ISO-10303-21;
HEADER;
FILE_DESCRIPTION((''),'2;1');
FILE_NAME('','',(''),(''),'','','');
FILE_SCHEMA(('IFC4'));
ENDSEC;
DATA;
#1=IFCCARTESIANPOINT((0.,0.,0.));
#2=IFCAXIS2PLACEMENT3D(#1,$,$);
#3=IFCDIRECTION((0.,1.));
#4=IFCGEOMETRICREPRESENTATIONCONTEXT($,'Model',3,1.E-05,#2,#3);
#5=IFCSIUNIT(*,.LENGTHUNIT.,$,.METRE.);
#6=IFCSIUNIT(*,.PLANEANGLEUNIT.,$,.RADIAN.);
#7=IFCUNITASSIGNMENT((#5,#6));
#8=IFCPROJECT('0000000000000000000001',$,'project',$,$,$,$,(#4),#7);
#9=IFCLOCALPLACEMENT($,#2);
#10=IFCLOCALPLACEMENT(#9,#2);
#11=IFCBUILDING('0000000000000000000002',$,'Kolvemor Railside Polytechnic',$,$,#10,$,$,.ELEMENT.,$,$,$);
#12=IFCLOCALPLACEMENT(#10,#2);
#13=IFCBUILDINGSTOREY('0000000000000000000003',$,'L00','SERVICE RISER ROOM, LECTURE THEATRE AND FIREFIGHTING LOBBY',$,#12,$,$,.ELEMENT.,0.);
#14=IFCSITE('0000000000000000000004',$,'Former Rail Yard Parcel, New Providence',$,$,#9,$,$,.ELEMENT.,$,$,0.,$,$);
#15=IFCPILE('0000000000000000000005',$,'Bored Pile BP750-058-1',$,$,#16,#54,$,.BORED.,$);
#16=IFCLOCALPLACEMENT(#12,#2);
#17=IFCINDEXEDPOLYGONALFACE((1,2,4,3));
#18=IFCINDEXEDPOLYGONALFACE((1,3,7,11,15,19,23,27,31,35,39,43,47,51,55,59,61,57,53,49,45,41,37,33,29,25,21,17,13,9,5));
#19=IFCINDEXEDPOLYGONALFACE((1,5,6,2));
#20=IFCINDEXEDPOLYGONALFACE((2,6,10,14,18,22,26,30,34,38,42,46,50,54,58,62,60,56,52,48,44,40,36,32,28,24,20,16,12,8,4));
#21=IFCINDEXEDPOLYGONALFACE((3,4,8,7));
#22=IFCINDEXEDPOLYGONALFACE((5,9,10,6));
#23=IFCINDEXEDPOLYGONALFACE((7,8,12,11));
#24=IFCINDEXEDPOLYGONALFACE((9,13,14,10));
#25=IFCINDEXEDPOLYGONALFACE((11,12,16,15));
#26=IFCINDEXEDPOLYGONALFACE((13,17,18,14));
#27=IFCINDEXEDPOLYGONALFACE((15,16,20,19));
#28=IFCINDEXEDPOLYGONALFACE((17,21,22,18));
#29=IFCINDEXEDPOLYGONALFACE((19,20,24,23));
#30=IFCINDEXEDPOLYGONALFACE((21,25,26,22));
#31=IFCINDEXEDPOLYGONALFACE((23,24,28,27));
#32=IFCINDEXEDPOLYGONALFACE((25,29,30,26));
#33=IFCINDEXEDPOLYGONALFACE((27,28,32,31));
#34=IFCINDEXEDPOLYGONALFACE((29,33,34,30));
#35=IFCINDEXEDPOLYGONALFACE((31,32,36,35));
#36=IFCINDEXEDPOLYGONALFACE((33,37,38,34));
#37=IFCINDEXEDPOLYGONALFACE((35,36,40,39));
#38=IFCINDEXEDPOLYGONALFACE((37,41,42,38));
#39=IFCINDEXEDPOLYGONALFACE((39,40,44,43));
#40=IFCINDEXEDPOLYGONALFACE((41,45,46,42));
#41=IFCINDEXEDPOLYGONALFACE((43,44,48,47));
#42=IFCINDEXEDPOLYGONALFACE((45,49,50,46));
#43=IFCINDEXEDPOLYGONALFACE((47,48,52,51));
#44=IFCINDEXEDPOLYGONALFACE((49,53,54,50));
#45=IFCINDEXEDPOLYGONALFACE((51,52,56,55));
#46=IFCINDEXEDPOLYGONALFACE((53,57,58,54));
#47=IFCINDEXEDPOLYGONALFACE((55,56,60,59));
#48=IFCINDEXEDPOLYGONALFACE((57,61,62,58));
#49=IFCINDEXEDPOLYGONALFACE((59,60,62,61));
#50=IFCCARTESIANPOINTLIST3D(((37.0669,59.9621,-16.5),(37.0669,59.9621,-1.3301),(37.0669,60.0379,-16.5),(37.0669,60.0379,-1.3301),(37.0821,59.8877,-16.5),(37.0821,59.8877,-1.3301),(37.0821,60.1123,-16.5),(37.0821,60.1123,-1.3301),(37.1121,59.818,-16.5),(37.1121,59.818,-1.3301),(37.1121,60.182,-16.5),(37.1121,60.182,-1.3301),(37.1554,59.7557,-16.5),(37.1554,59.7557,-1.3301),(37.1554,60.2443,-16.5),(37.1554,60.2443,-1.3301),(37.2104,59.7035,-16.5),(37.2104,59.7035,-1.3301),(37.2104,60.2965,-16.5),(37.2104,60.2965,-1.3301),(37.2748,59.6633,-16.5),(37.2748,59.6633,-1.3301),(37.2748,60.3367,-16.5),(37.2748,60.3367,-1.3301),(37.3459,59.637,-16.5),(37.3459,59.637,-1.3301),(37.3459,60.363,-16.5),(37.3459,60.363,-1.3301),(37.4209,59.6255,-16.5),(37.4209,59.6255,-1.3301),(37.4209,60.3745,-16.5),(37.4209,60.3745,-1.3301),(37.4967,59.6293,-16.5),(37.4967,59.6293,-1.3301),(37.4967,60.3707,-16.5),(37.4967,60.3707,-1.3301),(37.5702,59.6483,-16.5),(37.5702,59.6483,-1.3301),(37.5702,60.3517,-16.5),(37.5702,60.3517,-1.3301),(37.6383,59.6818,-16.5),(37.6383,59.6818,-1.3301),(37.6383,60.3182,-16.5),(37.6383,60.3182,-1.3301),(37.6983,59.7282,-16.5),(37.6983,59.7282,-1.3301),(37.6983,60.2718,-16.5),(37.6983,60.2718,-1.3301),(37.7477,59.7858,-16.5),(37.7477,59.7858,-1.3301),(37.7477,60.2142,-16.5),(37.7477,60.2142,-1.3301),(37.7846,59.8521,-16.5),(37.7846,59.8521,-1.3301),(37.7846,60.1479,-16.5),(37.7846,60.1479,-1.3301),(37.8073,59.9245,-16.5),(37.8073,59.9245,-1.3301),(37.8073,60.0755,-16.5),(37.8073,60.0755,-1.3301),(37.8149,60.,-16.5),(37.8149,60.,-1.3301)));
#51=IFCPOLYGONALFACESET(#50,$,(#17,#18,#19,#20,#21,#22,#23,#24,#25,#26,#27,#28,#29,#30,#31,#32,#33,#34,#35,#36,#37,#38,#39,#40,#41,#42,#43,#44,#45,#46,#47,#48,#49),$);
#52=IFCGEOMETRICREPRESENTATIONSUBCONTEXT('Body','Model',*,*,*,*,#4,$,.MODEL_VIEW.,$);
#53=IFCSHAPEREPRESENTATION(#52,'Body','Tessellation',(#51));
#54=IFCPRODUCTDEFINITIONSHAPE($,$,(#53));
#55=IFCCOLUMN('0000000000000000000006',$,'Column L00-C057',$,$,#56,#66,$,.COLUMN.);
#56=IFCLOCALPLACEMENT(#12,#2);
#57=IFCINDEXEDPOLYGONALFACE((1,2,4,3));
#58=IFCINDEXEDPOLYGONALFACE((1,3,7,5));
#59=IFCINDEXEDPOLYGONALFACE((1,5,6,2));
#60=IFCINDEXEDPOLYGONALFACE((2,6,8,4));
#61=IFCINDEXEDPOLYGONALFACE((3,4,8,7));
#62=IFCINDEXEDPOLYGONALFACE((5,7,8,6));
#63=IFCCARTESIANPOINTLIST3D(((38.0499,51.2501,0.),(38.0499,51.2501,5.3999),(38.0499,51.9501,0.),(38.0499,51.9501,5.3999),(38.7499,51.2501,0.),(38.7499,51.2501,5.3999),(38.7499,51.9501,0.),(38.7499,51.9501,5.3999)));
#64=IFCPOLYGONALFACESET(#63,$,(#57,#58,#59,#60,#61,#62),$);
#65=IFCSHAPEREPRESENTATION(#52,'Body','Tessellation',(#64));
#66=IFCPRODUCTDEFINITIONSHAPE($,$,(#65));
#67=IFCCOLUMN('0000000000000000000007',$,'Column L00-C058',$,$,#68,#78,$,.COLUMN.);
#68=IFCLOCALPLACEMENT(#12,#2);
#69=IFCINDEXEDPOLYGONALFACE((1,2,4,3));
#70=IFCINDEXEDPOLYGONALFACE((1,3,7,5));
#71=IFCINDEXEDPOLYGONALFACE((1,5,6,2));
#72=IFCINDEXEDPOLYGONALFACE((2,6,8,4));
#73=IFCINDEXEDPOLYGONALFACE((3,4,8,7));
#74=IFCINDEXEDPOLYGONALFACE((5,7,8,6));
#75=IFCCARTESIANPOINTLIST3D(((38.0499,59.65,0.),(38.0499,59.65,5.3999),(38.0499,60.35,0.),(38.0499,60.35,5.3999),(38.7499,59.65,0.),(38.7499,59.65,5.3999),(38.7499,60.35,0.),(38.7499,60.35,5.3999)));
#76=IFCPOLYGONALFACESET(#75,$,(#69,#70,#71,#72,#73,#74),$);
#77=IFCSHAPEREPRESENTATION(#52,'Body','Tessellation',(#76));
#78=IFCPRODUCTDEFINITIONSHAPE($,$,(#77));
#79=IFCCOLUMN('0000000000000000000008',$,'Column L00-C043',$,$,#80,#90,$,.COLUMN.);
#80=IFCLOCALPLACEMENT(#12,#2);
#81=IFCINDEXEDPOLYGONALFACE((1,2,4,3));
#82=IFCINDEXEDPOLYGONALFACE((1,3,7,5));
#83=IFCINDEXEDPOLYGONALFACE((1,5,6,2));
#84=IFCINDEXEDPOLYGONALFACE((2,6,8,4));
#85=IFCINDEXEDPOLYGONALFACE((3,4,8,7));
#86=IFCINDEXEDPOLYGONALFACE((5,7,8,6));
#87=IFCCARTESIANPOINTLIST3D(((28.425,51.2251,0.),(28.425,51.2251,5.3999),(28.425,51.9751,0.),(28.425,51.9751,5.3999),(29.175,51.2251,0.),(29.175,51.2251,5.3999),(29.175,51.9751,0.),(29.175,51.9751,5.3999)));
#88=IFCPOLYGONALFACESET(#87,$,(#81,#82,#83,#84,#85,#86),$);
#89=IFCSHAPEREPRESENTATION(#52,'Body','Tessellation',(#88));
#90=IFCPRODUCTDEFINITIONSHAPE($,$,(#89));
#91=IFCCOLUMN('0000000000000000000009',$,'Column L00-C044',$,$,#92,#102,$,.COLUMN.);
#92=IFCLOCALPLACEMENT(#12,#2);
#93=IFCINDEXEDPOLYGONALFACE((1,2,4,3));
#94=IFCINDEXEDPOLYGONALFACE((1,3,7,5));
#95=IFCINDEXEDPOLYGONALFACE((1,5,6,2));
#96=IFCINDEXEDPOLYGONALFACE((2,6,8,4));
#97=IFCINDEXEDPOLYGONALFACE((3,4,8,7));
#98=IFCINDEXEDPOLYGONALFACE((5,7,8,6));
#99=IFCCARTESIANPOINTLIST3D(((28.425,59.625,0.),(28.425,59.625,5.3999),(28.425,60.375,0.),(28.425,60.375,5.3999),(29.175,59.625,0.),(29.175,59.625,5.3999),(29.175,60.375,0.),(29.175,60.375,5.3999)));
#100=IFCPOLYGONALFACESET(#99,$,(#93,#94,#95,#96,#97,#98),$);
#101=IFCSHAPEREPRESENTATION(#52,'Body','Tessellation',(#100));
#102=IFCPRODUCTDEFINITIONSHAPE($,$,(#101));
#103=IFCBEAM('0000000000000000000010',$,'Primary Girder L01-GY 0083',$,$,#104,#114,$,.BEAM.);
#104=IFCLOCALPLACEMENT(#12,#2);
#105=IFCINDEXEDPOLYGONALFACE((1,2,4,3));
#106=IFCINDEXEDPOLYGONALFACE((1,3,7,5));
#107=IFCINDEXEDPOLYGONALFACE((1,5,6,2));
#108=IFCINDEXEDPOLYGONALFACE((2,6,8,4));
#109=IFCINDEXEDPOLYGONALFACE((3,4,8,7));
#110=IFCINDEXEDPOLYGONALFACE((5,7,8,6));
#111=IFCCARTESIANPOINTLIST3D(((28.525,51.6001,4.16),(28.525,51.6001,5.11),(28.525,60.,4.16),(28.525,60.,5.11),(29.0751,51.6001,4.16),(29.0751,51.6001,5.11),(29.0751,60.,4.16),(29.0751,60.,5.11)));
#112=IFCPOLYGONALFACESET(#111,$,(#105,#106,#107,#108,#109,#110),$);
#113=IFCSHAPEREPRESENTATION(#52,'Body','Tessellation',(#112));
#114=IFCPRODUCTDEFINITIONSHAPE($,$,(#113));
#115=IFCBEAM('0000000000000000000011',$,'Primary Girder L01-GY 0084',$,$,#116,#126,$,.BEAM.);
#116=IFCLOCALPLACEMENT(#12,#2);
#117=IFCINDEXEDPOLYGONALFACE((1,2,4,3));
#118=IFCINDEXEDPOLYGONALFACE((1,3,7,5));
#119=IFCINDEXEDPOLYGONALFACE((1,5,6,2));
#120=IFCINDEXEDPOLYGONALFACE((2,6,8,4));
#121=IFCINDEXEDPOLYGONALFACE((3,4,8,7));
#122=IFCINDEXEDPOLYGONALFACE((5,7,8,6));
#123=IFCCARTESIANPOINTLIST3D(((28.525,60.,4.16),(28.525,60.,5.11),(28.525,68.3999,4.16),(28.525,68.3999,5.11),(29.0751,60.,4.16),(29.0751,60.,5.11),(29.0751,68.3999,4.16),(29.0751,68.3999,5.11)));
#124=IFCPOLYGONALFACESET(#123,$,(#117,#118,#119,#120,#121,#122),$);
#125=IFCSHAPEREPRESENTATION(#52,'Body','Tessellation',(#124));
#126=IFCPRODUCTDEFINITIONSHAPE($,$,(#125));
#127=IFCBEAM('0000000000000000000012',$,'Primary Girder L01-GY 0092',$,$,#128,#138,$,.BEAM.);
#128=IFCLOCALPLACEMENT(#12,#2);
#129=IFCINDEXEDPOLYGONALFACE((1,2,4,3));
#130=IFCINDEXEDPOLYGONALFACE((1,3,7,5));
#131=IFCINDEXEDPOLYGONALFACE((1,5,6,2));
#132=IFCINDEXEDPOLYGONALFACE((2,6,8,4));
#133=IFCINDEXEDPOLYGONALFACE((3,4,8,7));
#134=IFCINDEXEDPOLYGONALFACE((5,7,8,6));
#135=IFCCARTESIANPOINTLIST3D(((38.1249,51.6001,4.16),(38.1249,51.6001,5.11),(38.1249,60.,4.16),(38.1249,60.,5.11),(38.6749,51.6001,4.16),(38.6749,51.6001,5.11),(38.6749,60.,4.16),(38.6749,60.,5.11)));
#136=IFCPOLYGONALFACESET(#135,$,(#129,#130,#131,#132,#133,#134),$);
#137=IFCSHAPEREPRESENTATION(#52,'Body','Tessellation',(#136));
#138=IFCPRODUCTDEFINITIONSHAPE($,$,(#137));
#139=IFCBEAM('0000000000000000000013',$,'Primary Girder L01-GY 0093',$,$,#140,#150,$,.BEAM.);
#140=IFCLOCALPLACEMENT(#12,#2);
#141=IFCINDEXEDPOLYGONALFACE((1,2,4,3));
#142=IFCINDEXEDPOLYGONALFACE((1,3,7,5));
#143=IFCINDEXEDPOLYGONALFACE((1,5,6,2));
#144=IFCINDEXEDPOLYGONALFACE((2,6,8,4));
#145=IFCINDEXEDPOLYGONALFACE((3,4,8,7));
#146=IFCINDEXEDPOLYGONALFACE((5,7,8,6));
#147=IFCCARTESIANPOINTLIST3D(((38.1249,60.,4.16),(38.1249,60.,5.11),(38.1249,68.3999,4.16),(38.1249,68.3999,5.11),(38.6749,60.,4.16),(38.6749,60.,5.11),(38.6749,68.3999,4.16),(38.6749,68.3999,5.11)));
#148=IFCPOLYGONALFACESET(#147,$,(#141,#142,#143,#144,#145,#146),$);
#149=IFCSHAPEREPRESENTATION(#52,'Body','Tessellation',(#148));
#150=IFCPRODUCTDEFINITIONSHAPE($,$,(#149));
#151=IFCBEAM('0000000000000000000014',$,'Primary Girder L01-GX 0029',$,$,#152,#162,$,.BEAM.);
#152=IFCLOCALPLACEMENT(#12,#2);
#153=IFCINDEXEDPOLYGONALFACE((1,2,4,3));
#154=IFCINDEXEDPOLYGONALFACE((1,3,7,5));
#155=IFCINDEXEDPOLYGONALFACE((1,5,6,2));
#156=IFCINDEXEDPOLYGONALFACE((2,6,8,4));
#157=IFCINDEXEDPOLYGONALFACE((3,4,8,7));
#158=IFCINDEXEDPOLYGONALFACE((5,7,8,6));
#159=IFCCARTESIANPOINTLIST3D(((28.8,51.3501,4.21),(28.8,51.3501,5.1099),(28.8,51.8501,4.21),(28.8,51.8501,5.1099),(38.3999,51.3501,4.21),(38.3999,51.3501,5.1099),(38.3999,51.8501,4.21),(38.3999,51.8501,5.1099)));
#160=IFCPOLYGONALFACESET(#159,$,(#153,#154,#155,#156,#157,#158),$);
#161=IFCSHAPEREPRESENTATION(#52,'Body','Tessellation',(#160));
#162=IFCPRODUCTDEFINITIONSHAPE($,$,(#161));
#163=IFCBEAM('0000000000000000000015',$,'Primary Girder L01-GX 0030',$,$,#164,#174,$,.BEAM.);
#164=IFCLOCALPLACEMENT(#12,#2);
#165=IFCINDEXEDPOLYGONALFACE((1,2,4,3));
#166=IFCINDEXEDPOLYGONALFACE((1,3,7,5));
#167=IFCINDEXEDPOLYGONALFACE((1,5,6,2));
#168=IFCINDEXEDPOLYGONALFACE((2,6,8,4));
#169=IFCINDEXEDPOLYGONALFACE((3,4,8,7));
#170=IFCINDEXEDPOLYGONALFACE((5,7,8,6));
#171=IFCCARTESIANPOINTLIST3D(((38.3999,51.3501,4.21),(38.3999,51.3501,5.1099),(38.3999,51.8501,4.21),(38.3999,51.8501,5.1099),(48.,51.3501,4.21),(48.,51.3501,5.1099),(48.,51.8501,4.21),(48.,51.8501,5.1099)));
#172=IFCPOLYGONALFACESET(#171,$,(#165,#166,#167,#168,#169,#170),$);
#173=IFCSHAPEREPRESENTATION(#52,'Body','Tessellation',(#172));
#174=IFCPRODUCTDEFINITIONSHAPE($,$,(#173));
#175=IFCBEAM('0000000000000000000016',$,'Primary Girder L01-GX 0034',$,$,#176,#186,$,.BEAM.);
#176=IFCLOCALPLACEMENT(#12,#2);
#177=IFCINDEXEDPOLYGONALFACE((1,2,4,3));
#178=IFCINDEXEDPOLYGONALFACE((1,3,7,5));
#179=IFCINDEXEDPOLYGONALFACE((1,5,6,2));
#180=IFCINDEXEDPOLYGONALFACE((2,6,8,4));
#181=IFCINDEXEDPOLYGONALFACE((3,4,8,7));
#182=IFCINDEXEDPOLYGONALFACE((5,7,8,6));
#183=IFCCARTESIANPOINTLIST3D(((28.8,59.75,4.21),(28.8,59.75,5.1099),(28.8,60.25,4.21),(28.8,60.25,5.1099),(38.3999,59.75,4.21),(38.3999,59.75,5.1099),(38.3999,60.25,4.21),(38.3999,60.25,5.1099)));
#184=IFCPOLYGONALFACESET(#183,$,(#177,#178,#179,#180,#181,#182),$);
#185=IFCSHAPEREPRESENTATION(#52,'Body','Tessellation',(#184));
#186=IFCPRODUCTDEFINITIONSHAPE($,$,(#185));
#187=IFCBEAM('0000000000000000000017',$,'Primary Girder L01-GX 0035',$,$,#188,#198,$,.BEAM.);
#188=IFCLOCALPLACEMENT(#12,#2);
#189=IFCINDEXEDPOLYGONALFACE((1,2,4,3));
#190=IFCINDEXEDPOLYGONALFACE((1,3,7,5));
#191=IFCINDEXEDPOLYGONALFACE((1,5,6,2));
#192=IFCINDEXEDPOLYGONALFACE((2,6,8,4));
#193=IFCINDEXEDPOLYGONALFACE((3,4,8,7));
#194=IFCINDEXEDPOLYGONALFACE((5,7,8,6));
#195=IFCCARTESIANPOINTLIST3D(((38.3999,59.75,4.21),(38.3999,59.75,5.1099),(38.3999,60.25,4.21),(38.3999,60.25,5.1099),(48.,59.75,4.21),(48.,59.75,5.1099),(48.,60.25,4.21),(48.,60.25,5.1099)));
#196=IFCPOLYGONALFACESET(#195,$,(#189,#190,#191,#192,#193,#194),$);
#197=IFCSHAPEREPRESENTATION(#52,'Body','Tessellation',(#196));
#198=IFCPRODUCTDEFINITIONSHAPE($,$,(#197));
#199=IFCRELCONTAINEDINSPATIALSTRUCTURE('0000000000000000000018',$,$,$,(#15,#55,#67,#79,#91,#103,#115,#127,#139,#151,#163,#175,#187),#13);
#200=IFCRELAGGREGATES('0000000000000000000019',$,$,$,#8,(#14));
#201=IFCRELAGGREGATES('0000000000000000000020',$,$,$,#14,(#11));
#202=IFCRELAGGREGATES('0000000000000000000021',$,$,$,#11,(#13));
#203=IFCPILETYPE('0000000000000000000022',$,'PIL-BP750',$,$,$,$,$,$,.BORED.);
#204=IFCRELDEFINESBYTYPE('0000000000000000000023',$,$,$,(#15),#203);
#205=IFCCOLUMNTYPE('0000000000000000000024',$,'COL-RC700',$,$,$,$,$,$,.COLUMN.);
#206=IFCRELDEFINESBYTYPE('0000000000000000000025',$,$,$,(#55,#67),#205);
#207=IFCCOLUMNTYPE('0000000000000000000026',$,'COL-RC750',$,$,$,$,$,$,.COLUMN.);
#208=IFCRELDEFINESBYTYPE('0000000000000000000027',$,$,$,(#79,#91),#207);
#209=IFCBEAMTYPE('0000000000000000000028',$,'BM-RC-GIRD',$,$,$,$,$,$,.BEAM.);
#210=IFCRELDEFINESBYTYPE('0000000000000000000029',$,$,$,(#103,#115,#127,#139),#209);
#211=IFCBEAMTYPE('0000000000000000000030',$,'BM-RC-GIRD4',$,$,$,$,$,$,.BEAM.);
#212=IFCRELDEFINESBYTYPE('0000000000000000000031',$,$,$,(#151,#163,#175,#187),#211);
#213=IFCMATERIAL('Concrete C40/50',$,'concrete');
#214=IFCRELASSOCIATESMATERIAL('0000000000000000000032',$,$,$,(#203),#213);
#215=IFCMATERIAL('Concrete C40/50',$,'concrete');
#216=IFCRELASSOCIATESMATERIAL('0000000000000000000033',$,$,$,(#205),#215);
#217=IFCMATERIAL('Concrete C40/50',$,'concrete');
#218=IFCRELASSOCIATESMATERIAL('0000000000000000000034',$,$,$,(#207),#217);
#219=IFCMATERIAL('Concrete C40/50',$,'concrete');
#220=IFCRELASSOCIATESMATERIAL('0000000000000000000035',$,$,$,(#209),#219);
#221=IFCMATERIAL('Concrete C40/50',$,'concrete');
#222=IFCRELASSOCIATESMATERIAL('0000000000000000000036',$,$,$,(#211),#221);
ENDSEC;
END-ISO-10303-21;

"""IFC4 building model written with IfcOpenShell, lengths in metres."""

from ifc_helpers import new_model, si_unit, direction, frame, origin, origin_2d, place, context, subcontext, project, spatial, rectangle, circle, extrude, material, material_profile, profile_set, type_object, element, save


model = new_model("IFC4")

# Units and contexts
model_context = context("Model", 3, precision=1e-05, world=origin(), true_north=direction((0.0, 1.0)))
body_context = subcontext(model_context, "Body", "Model", "MODEL_VIEW")
ifc_project = project(units=[si_unit("LENGTHUNIT", "METRE"), si_unit("PLANEANGLEUNIT", "RADIAN")], contexts=[model_context])

# Site, building, storey
site_placement = place(None, origin())
site = spatial("IfcSite", under=ifc_project, at=site_placement, Name="Former Rail Yard Parcel, New Providence", CompositionType="ELEMENT", RefElevation=0.0)
building_placement = place(site_placement, origin())
building = spatial("IfcBuilding", under=site, at=building_placement, Name="Kolvemor Railside Polytechnic", CompositionType="ELEMENT")
storey_placement = place(building_placement, origin())
storey = spatial("IfcBuildingStorey", under=building, at=storey_placement, Name="L00", Description="SERVICE RISER ROOM, LECTURE THEATRE AND FIREFIGHTING LOBBY", CompositionType="ELEMENT", Elevation=0.0)

# Pile
ifc_material_1 = material(Name="Concrete C40/50", Category="concrete")
ifc_material_profile_1 = material_profile(ifc_material_1, circle(Radius=0.375, at=origin_2d()), Name="BP750")
ifc_profile_set_1 = profile_set([ifc_material_profile_1], Name="Concrete C40/50")
pile_type = type_object("IfcPileType", Name="PIL-BP750", PredefinedType="BORED", material=ifc_profile_set_1)
pile_1_placement = place(storey_placement, frame((37.4399, 60.0, -1.3301), z_axis=(0.0, 0.0, -1.0), x_axis=(1.0, 0.0, 0.0)))
element("IfcPile", 1, at=pile_1_placement, inside=storey, type_object=pile_type, Name="Bored Pile BP750-058-1", PredefinedType="BORED", context=body_context, shape_type="SweptSolid", body=[
    extrude(circle(Radius=0.375, at=origin_2d()), origin(), (0.0, 0.0, 1.0), 15.1699),
])

# Columns
ifc_material_2 = material(Name="Concrete C40/50", Category="concrete")
ifc_material_profile_2 = material_profile(ifc_material_2, rectangle(XDim=0.7, YDim=0.7, at=origin_2d()), Name="RC700x700")
ifc_profile_set_2 = profile_set([ifc_material_profile_2], Name="Concrete C40/50")
column_type_1 = type_object("IfcColumnType", Name="COL-RC700", PredefinedType="COLUMN", material=ifc_profile_set_2)
for number, where, z_axis, x_axis, name in (
    (2, (38.3999, 51.6001, 0.0), (0.0, 0.0, 1.0), (1.0, 0.0, 0.0), "Column L00-C057"),
    (3, (38.3999, 60.0, 0.0), (0.0, 0.0, 1.0), (1.0, 0.0, 0.0), "Column L00-C058"),
):
    element("IfcColumn", number, at=place(storey_placement, frame(where, z_axis=z_axis, x_axis=x_axis)), inside=storey, type_object=column_type_1, Name=name, PredefinedType="COLUMN", context=body_context, shape_type="SweptSolid", body=[
        extrude(rectangle(XDim=0.7, YDim=0.7, at=origin_2d()), origin(), (0.0, 0.0, 1.0), 5.3999),
    ])
ifc_material_3 = material(Name="Concrete C40/50", Category="concrete")
ifc_material_profile_3 = material_profile(ifc_material_3, rectangle(XDim=0.75, YDim=0.75, at=origin_2d()), Name="RC750x750")
ifc_profile_set_3 = profile_set([ifc_material_profile_3], Name="Concrete C40/50")
column_type_2 = type_object("IfcColumnType", Name="COL-RC750", PredefinedType="COLUMN", material=ifc_profile_set_3)
for number, where, z_axis, x_axis, name in (
    (4, (28.8, 51.6001, 0.0), (0.0, 0.0, 1.0), (1.0, 0.0, 0.0), "Column L00-C043"),
    (5, (28.8, 60.0, 0.0), (0.0, 0.0, 1.0), (1.0, 0.0, 0.0), "Column L00-C044"),
):
    element("IfcColumn", number, at=place(storey_placement, frame(where, z_axis=z_axis, x_axis=x_axis)), inside=storey, type_object=column_type_2, Name=name, PredefinedType="COLUMN", context=body_context, shape_type="SweptSolid", body=[
        extrude(rectangle(XDim=0.75, YDim=0.75, at=origin_2d()), origin(), (0.0, 0.0, 1.0), 5.3999),
    ])

# Beams
ifc_material_4 = material(Name="Concrete C40/50", Category="concrete")
ifc_material_profile_4 = material_profile(ifc_material_4, rectangle(XDim=0.55, YDim=0.95, at=origin_2d()), Name="RC550x950")
ifc_profile_set_4 = profile_set([ifc_material_profile_4], Name="Concrete C40/50")
beam_type_1 = type_object("IfcBeamType", Name="BM-RC-GIRD", PredefinedType="BEAM", material=ifc_profile_set_4)
for number, where, z_axis, x_axis, name in (
    (6, (28.8, 51.6001, 4.635), (0.0, 1.0, 0.0), (-1.0, 0.0, 0.0), "Primary Girder L01-GY 0083"),
    (7, (28.8, 60.0, 4.635), (0.0, 1.0, 0.0), (-1.0, 0.0, 0.0), "Primary Girder L01-GY 0084"),
    (8, (38.3999, 51.6001, 4.635), (0.0, 1.0, 0.0), (-1.0, 0.0, 0.0), "Primary Girder L01-GY 0092"),
    (9, (38.3999, 60.0, 4.635), (0.0, 1.0, 0.0), (-1.0, 0.0, 0.0), "Primary Girder L01-GY 0093"),
):
    element("IfcBeam", number, at=place(storey_placement, frame(where, z_axis=z_axis, x_axis=x_axis)), inside=storey, type_object=beam_type_1, Name=name, PredefinedType="BEAM", context=body_context, shape_type="SweptSolid", body=[
        extrude(rectangle(XDim=0.55, YDim=0.95, at=origin_2d()), origin(), (0.0, 0.0, 1.0), 8.3999),
    ])
ifc_material_5 = material(Name="Concrete C40/50", Category="concrete")
ifc_material_profile_5 = material_profile(ifc_material_5, rectangle(XDim=0.5, YDim=0.8999, at=origin_2d()), Name="RC500x900")
ifc_profile_set_5 = profile_set([ifc_material_profile_5], Name="Concrete C40/50")
beam_type_2 = type_object("IfcBeamType", Name="BM-RC-GIRD4", PredefinedType="BEAM", material=ifc_profile_set_5)
beam_1_placement = place(storey_placement, frame((28.8, 51.6001, 4.6599), z_axis=(1.0, 0.0, 0.0), x_axis=(0.0, 1.0, 0.0)))
element("IfcBeam", 10, at=beam_1_placement, inside=storey, type_object=beam_type_2, Name="Primary Girder L01-GX 0029", PredefinedType="BEAM", context=body_context, shape_type="SweptSolid", body=[
    extrude(rectangle(XDim=0.5, YDim=0.8999, at=origin_2d()), origin(), (0.0, 0.0, 1.0), 9.5999),
])
beam_2_placement = place(storey_placement, frame((38.3999, 51.6001, 4.6599), z_axis=(1.0, 0.0, 0.0), x_axis=(0.0, 1.0, 0.0)))
element("IfcBeam", 11, at=beam_2_placement, inside=storey, type_object=beam_type_2, Name="Primary Girder L01-GX 0030", PredefinedType="BEAM", context=body_context, shape_type="SweptSolid", body=[
    extrude(rectangle(XDim=0.5, YDim=0.8999, at=origin_2d()), origin(), (0.0, 0.0, 1.0), 9.6001),
])
beam_3_placement = place(storey_placement, frame((28.8, 60.0, 4.6599), z_axis=(1.0, 0.0, 0.0), x_axis=(0.0, 1.0, 0.0)))
element("IfcBeam", 12, at=beam_3_placement, inside=storey, type_object=beam_type_2, Name="Primary Girder L01-GX 0034", PredefinedType="BEAM", context=body_context, shape_type="SweptSolid", body=[
    extrude(rectangle(XDim=0.5, YDim=0.8999, at=origin_2d()), origin(), (0.0, 0.0, 1.0), 9.5999),
])
beam_4_placement = place(storey_placement, frame((38.3999, 60.0, 4.6599), z_axis=(1.0, 0.0, 0.0), x_axis=(0.0, 1.0, 0.0)))
element("IfcBeam", 13, at=beam_4_placement, inside=storey, type_object=beam_type_2, Name="Primary Girder L01-GX 0035", PredefinedType="BEAM", context=body_context, shape_type="SweptSolid", body=[
    extrude(rectangle(XDim=0.5, YDim=0.8999, at=origin_2d()), origin(), (0.0, 0.0, 1.0), 9.6001),
])

save(model, "model.ifc")
